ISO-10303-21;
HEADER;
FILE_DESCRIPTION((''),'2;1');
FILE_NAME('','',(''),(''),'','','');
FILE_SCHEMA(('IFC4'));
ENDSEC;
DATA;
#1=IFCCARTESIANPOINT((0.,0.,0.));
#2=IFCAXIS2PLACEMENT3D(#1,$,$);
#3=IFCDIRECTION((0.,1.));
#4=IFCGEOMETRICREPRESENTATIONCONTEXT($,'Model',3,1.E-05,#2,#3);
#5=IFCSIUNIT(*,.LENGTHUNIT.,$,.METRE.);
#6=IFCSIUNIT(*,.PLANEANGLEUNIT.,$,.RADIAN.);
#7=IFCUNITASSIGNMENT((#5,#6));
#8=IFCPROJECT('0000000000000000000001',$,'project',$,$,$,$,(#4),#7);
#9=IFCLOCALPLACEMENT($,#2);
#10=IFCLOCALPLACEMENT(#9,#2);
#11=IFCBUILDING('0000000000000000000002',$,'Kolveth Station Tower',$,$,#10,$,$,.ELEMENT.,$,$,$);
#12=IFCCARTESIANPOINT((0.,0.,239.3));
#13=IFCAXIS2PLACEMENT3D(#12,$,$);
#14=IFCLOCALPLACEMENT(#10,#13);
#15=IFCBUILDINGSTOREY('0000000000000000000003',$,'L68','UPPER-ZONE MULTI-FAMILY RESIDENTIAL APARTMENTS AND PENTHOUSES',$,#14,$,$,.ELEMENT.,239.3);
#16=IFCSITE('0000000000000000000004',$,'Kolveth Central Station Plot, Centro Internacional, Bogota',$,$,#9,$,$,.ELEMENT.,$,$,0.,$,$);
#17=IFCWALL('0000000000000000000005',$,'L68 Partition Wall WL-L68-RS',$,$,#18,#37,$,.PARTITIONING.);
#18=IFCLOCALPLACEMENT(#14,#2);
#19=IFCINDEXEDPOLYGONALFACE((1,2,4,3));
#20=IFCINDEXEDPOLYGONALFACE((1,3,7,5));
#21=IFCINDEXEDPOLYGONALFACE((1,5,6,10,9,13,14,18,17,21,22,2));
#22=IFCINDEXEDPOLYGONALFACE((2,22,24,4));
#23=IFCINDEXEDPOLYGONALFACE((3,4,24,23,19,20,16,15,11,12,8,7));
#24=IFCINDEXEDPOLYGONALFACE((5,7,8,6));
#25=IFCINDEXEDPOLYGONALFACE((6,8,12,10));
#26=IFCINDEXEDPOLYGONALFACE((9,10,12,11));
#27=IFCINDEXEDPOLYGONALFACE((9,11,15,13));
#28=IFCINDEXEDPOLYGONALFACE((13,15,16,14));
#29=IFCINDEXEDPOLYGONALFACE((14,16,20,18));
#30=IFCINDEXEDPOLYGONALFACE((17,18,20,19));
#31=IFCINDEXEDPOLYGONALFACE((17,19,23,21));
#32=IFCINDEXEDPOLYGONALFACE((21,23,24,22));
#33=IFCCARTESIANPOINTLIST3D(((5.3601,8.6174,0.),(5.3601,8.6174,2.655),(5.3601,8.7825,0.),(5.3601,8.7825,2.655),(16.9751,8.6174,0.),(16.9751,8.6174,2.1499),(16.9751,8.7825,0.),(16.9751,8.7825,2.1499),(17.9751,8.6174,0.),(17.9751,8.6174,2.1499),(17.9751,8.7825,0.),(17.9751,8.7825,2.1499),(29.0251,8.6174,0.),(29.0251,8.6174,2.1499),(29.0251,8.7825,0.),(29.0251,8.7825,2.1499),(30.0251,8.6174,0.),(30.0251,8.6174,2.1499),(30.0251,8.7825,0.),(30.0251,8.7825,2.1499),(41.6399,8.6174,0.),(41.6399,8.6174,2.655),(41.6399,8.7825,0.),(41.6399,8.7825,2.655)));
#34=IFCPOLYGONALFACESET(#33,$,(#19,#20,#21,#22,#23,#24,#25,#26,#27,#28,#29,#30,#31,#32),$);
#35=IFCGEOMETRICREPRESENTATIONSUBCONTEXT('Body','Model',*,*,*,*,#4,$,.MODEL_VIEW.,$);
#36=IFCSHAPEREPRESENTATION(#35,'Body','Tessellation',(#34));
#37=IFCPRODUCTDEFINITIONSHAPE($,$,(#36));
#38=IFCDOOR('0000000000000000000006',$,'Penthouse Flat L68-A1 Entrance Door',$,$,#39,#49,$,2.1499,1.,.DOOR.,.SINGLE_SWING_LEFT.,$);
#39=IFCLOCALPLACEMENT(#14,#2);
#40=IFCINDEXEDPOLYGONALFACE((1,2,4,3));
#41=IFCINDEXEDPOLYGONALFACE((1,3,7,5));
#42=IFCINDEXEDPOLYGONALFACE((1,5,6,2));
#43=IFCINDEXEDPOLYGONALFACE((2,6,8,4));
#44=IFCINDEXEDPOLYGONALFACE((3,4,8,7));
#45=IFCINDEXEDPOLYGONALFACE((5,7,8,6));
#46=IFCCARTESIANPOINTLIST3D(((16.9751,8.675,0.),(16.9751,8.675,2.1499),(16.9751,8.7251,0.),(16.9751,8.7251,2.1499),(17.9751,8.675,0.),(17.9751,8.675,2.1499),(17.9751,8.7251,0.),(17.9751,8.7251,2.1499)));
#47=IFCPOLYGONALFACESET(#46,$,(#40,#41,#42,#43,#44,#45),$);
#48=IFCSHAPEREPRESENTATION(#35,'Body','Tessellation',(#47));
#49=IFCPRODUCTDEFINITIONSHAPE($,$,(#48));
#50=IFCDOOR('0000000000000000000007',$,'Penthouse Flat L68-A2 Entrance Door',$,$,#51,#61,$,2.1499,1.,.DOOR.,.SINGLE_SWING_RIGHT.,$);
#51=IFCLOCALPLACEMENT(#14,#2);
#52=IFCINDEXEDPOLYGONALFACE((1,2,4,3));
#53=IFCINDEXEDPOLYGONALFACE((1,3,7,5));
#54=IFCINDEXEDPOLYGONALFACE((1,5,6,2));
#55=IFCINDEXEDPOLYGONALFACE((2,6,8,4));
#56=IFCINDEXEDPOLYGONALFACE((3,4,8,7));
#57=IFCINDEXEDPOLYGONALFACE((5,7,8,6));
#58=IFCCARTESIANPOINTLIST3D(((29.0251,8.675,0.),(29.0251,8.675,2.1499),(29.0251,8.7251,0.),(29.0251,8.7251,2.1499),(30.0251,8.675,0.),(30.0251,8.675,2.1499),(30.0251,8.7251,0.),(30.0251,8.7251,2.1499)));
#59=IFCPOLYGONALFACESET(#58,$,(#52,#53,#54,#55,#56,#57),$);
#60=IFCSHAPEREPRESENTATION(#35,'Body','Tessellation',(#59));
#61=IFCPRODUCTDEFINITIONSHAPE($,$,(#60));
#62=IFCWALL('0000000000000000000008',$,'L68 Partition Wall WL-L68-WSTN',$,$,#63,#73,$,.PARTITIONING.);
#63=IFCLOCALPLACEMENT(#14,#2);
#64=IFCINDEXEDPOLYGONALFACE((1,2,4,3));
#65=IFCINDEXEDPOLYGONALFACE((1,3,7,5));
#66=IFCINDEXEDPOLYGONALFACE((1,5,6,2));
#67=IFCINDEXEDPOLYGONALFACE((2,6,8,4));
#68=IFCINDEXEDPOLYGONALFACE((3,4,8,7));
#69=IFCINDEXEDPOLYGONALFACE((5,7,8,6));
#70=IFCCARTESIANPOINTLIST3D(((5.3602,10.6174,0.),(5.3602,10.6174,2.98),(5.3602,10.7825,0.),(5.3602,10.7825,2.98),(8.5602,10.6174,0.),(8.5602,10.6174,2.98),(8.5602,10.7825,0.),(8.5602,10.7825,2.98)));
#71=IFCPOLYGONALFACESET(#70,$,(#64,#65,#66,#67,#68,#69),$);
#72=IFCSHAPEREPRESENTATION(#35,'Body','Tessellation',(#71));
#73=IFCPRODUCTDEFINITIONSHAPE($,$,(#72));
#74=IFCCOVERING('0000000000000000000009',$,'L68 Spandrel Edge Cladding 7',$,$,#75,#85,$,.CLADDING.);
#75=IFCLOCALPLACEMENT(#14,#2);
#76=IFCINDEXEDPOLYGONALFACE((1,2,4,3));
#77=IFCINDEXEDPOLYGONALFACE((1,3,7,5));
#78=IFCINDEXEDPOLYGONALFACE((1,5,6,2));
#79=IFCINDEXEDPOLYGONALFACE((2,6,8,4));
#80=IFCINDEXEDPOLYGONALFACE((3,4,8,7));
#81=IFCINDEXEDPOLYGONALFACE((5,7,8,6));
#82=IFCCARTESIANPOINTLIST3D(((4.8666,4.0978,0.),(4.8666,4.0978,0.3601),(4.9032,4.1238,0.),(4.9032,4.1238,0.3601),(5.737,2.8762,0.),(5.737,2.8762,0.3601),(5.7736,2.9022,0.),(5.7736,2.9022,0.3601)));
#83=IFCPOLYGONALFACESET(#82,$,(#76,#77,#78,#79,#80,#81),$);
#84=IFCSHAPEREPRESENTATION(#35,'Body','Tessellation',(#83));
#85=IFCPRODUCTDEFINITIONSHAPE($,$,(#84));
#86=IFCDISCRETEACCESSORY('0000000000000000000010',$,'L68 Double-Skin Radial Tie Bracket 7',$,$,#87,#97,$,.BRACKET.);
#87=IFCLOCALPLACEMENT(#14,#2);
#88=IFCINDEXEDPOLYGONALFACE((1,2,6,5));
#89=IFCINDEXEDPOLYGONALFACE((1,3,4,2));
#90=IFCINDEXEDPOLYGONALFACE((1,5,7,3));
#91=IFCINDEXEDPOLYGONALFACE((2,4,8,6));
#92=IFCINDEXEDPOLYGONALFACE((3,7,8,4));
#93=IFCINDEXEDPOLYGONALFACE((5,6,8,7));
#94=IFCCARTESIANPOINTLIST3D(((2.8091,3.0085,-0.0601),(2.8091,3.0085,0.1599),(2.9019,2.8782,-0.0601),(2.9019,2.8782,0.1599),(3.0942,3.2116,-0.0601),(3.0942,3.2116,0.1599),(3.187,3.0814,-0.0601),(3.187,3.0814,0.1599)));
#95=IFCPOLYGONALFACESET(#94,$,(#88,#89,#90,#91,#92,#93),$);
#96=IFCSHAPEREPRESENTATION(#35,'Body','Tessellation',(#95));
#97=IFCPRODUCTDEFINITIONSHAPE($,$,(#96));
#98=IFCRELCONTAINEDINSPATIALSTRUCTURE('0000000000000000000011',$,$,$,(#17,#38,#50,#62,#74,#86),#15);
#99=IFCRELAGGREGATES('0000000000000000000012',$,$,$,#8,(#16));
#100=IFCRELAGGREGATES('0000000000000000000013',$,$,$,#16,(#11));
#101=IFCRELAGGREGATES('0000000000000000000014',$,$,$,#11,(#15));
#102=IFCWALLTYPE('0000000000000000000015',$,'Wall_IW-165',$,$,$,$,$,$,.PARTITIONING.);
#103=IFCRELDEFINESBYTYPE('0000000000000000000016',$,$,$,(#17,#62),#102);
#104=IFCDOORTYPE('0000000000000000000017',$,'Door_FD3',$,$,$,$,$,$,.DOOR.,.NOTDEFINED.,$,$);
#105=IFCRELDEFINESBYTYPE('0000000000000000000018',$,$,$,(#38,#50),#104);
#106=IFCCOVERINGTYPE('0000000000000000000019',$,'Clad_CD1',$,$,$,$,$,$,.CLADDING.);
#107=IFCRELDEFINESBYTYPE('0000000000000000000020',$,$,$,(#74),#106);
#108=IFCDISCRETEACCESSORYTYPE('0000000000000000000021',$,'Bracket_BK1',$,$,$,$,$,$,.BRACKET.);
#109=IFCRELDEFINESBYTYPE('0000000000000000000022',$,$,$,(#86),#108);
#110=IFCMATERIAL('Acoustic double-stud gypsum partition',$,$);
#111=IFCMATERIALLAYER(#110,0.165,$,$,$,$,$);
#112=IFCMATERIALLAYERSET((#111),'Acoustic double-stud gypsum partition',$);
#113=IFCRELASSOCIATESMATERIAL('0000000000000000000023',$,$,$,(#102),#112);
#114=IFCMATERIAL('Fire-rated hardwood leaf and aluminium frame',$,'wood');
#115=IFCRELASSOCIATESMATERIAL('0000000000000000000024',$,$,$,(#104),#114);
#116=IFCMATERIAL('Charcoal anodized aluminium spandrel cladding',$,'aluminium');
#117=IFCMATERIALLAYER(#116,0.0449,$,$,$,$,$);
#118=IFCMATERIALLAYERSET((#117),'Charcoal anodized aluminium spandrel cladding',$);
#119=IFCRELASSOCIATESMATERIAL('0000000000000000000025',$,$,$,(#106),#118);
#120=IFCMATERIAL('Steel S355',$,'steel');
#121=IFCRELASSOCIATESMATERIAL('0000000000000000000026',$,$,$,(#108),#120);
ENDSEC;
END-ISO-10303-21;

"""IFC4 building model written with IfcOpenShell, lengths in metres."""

from ifc_helpers import new_model, si_unit, direction, frame, frame_2d, origin, origin_2d, place, context, subcontext, project, spatial, rectangle, extrude, source, transform, mapped, material, layer, layer_set, type_object, element, fill, save


model = new_model("IFC4")

# Units and contexts
model_context = context("Model", 3, precision=1e-05, world=origin(), true_north=direction((0.0, 1.0)))
body_context = subcontext(model_context, "Body", "Model", "MODEL_VIEW")
ifc_project = project(units=[si_unit("LENGTHUNIT", "METRE"), si_unit("PLANEANGLEUNIT", "RADIAN")], contexts=[model_context])

# Site, building, storey
site_placement = place(None, origin())
site = spatial("IfcSite", under=ifc_project, at=site_placement, Name="Kolveth Central Station Plot, Centro Internacional, Bogota", CompositionType="ELEMENT", RefElevation=0.0)
building_placement = place(site_placement, origin())
building = spatial("IfcBuilding", under=site, at=building_placement, Name="Kolveth Station Tower", CompositionType="ELEMENT")
storey_placement = place(building_placement, frame((0.0, 0.0, 239.3)))
storey = spatial("IfcBuildingStorey", under=building, at=storey_placement, Name="L68", Description="UPPER-ZONE MULTI-FAMILY RESIDENTIAL APARTMENTS AND PENTHOUSES", CompositionType="ELEMENT", Elevation=239.3)

# Shared definitions
ifc_material_1 = material(Name="Steel S355", Category="steel")

# Wall, openings, doors
ifc_material_2 = material(Name="Acoustic double-stud gypsum partition")
ifc_layer_1 = layer(ifc_material_2, 0.165)
ifc_layer_set_1 = layer_set([ifc_layer_1], Name="Acoustic double-stud gypsum partition")
wall_type_1 = type_object("IfcWallType", Name="Wall_IW-165", PredefinedType="PARTITIONING", material=ifc_layer_set_1)
wall_1_placement = place(storey_placement, frame((5.3601, 8.7, 0.0), z_axis=(0.0, 0.0, 1.0), x_axis=(1.0, 0.0, 0.0)))
wall_1 = element("IfcWall", 1, at=wall_1_placement, inside=storey, type_object=wall_type_1, Name="L68 Partition Wall WL-L68-RS", PredefinedType="PARTITIONING", context=body_context, shape_type="SweptSolid", body=[
    extrude(rectangle(XDim=36.2798, YDim=0.165, at=frame_2d((18.1399, 0.0))), origin(), (0.0, 0.0, 1.0), 2.655),
])
opening_1_placement = place(wall_1_placement, frame((11.615, 0.0, 0.0)))
opening_1 = element("IfcOpeningElement", 2, at=opening_1_placement, cuts=wall_1, PredefinedType="OPENING", context=body_context, shape_type="SweptSolid", body=[
    extrude(rectangle(XDim=1.0, YDim=2.1499, at=frame_2d((0.5, 1.075))), frame((0.0, 0.0925, 0.0), z_axis=(0.0, -1.0, 0.0), x_axis=(1.0, 0.0, 0.0)), (0.0, 0.0, 1.0), 0.1851),
])
opening_2_placement = place(wall_1_placement, frame((23.665, 0.0, 0.0)))
opening_2 = element("IfcOpeningElement", 3, at=opening_2_placement, cuts=wall_1, PredefinedType="OPENING", context=body_context, shape_type="SweptSolid", body=[
    extrude(rectangle(XDim=1.0, YDim=2.1499, at=frame_2d((0.5, 1.075))), frame((0.0, 0.0925, 0.0), z_axis=(0.0, -1.0, 0.0), x_axis=(1.0, 0.0, 0.0)), (0.0, 0.0, 1.0), 0.1851),
])
ifc_material_3 = material(Name="Fire-rated hardwood leaf and aluminium frame", Category="wood")
door_type_1 = type_object("IfcDoorType", Name="Door_FD3", OperationType="NOTDEFINED", PredefinedType="DOOR", material=ifc_material_3)
door_1_placement = place(opening_1_placement, frame((1.0, 0.0, 0.0), z_axis=(0.0, 0.0, 1.0), x_axis=(-1.0, 0.0, 0.0)))
door_1 = element("IfcDoor", 4, at=door_1_placement, inside=storey, type_object=door_type_1, Name="Penthouse Flat L68-A1 Entrance Door", OperationType="SINGLE_SWING_LEFT", OverallHeight=2.1499, OverallWidth=1.0, PredefinedType="DOOR", context=body_context, shape_type="SweptSolid", body=[
    extrude(rectangle(XDim=1.0, YDim=2.1499, at=frame_2d((0.5, 1.075))), frame((0.0, 0.0249, 0.0), z_axis=(0.0, -1.0, 0.0), x_axis=(1.0, 0.0, 0.0)), (0.0, 0.0, 1.0), 0.05),
])
fill(opening_1, door_1)
door_2_placement = place(opening_2_placement, frame((1.0, 0.0, 0.0), z_axis=(0.0, 0.0, 1.0), x_axis=(-1.0, 0.0, 0.0)))
door_2 = element("IfcDoor", 5, at=door_2_placement, inside=storey, type_object=door_type_1, Name="Penthouse Flat L68-A2 Entrance Door", OperationType="SINGLE_SWING_RIGHT", OverallHeight=2.1499, OverallWidth=1.0, PredefinedType="DOOR", context=body_context, shape_type="SweptSolid", body=[
    extrude(rectangle(XDim=1.0, YDim=2.1499, at=frame_2d((0.5, 1.075))), frame((0.0, 0.0249, 0.0), z_axis=(0.0, -1.0, 0.0), x_axis=(1.0, 0.0, 0.0)), (0.0, 0.0, 1.0), 0.05),
])
fill(opening_2, door_2)

# Wall
wall_2_placement = place(storey_placement, frame((5.3601, 10.7, 0.0), z_axis=(0.0, 0.0, 1.0), x_axis=(1.0, 0.0, 0.0)))
element("IfcWall", 6, at=wall_2_placement, inside=storey, type_object=wall_type_1, Name="L68 Partition Wall WL-L68-WSTN", PredefinedType="PARTITIONING", context=body_context, shape_type="SweptSolid", body=[
    extrude(rectangle(XDim=3.2, YDim=0.165, at=frame_2d((1.6001, 0.0))), origin(), (0.0, 0.0, 1.0), 2.98),
])

# Covering
ifc_material_4 = material(Name="Charcoal anodized aluminium spandrel cladding", Category="aluminium")
ifc_layer_2 = layer(ifc_material_4, 0.0449)
ifc_layer_set_2 = layer_set([ifc_layer_2], Name="Charcoal anodized aluminium spandrel cladding")
covering_type = type_object("IfcCoveringType", Name="Clad_CD1", PredefinedType="CLADDING", material=ifc_layer_set_2)
shared_shape_1 = source(origin(), body_context, "Body", "SweptSolid", [
    extrude(rectangle(XDim=1.5, YDim=0.0449, at=origin_2d()), origin(), (0.0, 0.0, 1.0), 0.3601),
])
covering_placement = place(storey_placement, frame((5.3201, 3.5, 0.0), z_axis=(0.0, 0.0, 1.0), x_axis=(0.580277, -0.814419, 0.0)))
element("IfcCovering", 7, at=covering_placement, inside=storey, type_object=covering_type, Name="L68 Spandrel Edge Cladding 7", PredefinedType="CLADDING", context=body_context, shape_type="MappedRepresentation", body=[
    mapped(shared_shape_1, transform((0.0, 0.0, 0.0), x_axis=(1.0, 0.0, 0.0), y_axis=(0.0, 1.0, 0.0), z_axis=(0.0, 0.0, 1.0), scale=1.0)),
])

# Discrete accessory
discrete_accessory_type = type_object("IfcDiscreteAccessoryType", Name="Bracket_BK1", PredefinedType="BRACKET", material=ifc_material_1)
shared_shape_2 = source(origin(), body_context, "Body", "SweptSolid", [
    extrude(rectangle(XDim=0.3501, YDim=0.1599, at=origin_2d()), origin(), (0.0, 0.0, 1.0), 0.22),
])
discrete_accessory_placement = place(storey_placement, frame((2.998, 3.0449, -0.0601), z_axis=(0.0, 0.0, 1.0), x_axis=(-0.814419, -0.580277, 0.0)))
element("IfcDiscreteAccessory", 8, at=discrete_accessory_placement, inside=storey, type_object=discrete_accessory_type, Name="L68 Double-Skin Radial Tie Bracket 7", PredefinedType="BRACKET", context=body_context, shape_type="MappedRepresentation", body=[
    mapped(shared_shape_2, transform((0.0, 0.0, 0.0), x_axis=(1.0, 0.0, 0.0), y_axis=(0.0, 1.0, 0.0), z_axis=(0.0, 0.0, 1.0), scale=1.0)),
])

save(model, "model.ifc")
